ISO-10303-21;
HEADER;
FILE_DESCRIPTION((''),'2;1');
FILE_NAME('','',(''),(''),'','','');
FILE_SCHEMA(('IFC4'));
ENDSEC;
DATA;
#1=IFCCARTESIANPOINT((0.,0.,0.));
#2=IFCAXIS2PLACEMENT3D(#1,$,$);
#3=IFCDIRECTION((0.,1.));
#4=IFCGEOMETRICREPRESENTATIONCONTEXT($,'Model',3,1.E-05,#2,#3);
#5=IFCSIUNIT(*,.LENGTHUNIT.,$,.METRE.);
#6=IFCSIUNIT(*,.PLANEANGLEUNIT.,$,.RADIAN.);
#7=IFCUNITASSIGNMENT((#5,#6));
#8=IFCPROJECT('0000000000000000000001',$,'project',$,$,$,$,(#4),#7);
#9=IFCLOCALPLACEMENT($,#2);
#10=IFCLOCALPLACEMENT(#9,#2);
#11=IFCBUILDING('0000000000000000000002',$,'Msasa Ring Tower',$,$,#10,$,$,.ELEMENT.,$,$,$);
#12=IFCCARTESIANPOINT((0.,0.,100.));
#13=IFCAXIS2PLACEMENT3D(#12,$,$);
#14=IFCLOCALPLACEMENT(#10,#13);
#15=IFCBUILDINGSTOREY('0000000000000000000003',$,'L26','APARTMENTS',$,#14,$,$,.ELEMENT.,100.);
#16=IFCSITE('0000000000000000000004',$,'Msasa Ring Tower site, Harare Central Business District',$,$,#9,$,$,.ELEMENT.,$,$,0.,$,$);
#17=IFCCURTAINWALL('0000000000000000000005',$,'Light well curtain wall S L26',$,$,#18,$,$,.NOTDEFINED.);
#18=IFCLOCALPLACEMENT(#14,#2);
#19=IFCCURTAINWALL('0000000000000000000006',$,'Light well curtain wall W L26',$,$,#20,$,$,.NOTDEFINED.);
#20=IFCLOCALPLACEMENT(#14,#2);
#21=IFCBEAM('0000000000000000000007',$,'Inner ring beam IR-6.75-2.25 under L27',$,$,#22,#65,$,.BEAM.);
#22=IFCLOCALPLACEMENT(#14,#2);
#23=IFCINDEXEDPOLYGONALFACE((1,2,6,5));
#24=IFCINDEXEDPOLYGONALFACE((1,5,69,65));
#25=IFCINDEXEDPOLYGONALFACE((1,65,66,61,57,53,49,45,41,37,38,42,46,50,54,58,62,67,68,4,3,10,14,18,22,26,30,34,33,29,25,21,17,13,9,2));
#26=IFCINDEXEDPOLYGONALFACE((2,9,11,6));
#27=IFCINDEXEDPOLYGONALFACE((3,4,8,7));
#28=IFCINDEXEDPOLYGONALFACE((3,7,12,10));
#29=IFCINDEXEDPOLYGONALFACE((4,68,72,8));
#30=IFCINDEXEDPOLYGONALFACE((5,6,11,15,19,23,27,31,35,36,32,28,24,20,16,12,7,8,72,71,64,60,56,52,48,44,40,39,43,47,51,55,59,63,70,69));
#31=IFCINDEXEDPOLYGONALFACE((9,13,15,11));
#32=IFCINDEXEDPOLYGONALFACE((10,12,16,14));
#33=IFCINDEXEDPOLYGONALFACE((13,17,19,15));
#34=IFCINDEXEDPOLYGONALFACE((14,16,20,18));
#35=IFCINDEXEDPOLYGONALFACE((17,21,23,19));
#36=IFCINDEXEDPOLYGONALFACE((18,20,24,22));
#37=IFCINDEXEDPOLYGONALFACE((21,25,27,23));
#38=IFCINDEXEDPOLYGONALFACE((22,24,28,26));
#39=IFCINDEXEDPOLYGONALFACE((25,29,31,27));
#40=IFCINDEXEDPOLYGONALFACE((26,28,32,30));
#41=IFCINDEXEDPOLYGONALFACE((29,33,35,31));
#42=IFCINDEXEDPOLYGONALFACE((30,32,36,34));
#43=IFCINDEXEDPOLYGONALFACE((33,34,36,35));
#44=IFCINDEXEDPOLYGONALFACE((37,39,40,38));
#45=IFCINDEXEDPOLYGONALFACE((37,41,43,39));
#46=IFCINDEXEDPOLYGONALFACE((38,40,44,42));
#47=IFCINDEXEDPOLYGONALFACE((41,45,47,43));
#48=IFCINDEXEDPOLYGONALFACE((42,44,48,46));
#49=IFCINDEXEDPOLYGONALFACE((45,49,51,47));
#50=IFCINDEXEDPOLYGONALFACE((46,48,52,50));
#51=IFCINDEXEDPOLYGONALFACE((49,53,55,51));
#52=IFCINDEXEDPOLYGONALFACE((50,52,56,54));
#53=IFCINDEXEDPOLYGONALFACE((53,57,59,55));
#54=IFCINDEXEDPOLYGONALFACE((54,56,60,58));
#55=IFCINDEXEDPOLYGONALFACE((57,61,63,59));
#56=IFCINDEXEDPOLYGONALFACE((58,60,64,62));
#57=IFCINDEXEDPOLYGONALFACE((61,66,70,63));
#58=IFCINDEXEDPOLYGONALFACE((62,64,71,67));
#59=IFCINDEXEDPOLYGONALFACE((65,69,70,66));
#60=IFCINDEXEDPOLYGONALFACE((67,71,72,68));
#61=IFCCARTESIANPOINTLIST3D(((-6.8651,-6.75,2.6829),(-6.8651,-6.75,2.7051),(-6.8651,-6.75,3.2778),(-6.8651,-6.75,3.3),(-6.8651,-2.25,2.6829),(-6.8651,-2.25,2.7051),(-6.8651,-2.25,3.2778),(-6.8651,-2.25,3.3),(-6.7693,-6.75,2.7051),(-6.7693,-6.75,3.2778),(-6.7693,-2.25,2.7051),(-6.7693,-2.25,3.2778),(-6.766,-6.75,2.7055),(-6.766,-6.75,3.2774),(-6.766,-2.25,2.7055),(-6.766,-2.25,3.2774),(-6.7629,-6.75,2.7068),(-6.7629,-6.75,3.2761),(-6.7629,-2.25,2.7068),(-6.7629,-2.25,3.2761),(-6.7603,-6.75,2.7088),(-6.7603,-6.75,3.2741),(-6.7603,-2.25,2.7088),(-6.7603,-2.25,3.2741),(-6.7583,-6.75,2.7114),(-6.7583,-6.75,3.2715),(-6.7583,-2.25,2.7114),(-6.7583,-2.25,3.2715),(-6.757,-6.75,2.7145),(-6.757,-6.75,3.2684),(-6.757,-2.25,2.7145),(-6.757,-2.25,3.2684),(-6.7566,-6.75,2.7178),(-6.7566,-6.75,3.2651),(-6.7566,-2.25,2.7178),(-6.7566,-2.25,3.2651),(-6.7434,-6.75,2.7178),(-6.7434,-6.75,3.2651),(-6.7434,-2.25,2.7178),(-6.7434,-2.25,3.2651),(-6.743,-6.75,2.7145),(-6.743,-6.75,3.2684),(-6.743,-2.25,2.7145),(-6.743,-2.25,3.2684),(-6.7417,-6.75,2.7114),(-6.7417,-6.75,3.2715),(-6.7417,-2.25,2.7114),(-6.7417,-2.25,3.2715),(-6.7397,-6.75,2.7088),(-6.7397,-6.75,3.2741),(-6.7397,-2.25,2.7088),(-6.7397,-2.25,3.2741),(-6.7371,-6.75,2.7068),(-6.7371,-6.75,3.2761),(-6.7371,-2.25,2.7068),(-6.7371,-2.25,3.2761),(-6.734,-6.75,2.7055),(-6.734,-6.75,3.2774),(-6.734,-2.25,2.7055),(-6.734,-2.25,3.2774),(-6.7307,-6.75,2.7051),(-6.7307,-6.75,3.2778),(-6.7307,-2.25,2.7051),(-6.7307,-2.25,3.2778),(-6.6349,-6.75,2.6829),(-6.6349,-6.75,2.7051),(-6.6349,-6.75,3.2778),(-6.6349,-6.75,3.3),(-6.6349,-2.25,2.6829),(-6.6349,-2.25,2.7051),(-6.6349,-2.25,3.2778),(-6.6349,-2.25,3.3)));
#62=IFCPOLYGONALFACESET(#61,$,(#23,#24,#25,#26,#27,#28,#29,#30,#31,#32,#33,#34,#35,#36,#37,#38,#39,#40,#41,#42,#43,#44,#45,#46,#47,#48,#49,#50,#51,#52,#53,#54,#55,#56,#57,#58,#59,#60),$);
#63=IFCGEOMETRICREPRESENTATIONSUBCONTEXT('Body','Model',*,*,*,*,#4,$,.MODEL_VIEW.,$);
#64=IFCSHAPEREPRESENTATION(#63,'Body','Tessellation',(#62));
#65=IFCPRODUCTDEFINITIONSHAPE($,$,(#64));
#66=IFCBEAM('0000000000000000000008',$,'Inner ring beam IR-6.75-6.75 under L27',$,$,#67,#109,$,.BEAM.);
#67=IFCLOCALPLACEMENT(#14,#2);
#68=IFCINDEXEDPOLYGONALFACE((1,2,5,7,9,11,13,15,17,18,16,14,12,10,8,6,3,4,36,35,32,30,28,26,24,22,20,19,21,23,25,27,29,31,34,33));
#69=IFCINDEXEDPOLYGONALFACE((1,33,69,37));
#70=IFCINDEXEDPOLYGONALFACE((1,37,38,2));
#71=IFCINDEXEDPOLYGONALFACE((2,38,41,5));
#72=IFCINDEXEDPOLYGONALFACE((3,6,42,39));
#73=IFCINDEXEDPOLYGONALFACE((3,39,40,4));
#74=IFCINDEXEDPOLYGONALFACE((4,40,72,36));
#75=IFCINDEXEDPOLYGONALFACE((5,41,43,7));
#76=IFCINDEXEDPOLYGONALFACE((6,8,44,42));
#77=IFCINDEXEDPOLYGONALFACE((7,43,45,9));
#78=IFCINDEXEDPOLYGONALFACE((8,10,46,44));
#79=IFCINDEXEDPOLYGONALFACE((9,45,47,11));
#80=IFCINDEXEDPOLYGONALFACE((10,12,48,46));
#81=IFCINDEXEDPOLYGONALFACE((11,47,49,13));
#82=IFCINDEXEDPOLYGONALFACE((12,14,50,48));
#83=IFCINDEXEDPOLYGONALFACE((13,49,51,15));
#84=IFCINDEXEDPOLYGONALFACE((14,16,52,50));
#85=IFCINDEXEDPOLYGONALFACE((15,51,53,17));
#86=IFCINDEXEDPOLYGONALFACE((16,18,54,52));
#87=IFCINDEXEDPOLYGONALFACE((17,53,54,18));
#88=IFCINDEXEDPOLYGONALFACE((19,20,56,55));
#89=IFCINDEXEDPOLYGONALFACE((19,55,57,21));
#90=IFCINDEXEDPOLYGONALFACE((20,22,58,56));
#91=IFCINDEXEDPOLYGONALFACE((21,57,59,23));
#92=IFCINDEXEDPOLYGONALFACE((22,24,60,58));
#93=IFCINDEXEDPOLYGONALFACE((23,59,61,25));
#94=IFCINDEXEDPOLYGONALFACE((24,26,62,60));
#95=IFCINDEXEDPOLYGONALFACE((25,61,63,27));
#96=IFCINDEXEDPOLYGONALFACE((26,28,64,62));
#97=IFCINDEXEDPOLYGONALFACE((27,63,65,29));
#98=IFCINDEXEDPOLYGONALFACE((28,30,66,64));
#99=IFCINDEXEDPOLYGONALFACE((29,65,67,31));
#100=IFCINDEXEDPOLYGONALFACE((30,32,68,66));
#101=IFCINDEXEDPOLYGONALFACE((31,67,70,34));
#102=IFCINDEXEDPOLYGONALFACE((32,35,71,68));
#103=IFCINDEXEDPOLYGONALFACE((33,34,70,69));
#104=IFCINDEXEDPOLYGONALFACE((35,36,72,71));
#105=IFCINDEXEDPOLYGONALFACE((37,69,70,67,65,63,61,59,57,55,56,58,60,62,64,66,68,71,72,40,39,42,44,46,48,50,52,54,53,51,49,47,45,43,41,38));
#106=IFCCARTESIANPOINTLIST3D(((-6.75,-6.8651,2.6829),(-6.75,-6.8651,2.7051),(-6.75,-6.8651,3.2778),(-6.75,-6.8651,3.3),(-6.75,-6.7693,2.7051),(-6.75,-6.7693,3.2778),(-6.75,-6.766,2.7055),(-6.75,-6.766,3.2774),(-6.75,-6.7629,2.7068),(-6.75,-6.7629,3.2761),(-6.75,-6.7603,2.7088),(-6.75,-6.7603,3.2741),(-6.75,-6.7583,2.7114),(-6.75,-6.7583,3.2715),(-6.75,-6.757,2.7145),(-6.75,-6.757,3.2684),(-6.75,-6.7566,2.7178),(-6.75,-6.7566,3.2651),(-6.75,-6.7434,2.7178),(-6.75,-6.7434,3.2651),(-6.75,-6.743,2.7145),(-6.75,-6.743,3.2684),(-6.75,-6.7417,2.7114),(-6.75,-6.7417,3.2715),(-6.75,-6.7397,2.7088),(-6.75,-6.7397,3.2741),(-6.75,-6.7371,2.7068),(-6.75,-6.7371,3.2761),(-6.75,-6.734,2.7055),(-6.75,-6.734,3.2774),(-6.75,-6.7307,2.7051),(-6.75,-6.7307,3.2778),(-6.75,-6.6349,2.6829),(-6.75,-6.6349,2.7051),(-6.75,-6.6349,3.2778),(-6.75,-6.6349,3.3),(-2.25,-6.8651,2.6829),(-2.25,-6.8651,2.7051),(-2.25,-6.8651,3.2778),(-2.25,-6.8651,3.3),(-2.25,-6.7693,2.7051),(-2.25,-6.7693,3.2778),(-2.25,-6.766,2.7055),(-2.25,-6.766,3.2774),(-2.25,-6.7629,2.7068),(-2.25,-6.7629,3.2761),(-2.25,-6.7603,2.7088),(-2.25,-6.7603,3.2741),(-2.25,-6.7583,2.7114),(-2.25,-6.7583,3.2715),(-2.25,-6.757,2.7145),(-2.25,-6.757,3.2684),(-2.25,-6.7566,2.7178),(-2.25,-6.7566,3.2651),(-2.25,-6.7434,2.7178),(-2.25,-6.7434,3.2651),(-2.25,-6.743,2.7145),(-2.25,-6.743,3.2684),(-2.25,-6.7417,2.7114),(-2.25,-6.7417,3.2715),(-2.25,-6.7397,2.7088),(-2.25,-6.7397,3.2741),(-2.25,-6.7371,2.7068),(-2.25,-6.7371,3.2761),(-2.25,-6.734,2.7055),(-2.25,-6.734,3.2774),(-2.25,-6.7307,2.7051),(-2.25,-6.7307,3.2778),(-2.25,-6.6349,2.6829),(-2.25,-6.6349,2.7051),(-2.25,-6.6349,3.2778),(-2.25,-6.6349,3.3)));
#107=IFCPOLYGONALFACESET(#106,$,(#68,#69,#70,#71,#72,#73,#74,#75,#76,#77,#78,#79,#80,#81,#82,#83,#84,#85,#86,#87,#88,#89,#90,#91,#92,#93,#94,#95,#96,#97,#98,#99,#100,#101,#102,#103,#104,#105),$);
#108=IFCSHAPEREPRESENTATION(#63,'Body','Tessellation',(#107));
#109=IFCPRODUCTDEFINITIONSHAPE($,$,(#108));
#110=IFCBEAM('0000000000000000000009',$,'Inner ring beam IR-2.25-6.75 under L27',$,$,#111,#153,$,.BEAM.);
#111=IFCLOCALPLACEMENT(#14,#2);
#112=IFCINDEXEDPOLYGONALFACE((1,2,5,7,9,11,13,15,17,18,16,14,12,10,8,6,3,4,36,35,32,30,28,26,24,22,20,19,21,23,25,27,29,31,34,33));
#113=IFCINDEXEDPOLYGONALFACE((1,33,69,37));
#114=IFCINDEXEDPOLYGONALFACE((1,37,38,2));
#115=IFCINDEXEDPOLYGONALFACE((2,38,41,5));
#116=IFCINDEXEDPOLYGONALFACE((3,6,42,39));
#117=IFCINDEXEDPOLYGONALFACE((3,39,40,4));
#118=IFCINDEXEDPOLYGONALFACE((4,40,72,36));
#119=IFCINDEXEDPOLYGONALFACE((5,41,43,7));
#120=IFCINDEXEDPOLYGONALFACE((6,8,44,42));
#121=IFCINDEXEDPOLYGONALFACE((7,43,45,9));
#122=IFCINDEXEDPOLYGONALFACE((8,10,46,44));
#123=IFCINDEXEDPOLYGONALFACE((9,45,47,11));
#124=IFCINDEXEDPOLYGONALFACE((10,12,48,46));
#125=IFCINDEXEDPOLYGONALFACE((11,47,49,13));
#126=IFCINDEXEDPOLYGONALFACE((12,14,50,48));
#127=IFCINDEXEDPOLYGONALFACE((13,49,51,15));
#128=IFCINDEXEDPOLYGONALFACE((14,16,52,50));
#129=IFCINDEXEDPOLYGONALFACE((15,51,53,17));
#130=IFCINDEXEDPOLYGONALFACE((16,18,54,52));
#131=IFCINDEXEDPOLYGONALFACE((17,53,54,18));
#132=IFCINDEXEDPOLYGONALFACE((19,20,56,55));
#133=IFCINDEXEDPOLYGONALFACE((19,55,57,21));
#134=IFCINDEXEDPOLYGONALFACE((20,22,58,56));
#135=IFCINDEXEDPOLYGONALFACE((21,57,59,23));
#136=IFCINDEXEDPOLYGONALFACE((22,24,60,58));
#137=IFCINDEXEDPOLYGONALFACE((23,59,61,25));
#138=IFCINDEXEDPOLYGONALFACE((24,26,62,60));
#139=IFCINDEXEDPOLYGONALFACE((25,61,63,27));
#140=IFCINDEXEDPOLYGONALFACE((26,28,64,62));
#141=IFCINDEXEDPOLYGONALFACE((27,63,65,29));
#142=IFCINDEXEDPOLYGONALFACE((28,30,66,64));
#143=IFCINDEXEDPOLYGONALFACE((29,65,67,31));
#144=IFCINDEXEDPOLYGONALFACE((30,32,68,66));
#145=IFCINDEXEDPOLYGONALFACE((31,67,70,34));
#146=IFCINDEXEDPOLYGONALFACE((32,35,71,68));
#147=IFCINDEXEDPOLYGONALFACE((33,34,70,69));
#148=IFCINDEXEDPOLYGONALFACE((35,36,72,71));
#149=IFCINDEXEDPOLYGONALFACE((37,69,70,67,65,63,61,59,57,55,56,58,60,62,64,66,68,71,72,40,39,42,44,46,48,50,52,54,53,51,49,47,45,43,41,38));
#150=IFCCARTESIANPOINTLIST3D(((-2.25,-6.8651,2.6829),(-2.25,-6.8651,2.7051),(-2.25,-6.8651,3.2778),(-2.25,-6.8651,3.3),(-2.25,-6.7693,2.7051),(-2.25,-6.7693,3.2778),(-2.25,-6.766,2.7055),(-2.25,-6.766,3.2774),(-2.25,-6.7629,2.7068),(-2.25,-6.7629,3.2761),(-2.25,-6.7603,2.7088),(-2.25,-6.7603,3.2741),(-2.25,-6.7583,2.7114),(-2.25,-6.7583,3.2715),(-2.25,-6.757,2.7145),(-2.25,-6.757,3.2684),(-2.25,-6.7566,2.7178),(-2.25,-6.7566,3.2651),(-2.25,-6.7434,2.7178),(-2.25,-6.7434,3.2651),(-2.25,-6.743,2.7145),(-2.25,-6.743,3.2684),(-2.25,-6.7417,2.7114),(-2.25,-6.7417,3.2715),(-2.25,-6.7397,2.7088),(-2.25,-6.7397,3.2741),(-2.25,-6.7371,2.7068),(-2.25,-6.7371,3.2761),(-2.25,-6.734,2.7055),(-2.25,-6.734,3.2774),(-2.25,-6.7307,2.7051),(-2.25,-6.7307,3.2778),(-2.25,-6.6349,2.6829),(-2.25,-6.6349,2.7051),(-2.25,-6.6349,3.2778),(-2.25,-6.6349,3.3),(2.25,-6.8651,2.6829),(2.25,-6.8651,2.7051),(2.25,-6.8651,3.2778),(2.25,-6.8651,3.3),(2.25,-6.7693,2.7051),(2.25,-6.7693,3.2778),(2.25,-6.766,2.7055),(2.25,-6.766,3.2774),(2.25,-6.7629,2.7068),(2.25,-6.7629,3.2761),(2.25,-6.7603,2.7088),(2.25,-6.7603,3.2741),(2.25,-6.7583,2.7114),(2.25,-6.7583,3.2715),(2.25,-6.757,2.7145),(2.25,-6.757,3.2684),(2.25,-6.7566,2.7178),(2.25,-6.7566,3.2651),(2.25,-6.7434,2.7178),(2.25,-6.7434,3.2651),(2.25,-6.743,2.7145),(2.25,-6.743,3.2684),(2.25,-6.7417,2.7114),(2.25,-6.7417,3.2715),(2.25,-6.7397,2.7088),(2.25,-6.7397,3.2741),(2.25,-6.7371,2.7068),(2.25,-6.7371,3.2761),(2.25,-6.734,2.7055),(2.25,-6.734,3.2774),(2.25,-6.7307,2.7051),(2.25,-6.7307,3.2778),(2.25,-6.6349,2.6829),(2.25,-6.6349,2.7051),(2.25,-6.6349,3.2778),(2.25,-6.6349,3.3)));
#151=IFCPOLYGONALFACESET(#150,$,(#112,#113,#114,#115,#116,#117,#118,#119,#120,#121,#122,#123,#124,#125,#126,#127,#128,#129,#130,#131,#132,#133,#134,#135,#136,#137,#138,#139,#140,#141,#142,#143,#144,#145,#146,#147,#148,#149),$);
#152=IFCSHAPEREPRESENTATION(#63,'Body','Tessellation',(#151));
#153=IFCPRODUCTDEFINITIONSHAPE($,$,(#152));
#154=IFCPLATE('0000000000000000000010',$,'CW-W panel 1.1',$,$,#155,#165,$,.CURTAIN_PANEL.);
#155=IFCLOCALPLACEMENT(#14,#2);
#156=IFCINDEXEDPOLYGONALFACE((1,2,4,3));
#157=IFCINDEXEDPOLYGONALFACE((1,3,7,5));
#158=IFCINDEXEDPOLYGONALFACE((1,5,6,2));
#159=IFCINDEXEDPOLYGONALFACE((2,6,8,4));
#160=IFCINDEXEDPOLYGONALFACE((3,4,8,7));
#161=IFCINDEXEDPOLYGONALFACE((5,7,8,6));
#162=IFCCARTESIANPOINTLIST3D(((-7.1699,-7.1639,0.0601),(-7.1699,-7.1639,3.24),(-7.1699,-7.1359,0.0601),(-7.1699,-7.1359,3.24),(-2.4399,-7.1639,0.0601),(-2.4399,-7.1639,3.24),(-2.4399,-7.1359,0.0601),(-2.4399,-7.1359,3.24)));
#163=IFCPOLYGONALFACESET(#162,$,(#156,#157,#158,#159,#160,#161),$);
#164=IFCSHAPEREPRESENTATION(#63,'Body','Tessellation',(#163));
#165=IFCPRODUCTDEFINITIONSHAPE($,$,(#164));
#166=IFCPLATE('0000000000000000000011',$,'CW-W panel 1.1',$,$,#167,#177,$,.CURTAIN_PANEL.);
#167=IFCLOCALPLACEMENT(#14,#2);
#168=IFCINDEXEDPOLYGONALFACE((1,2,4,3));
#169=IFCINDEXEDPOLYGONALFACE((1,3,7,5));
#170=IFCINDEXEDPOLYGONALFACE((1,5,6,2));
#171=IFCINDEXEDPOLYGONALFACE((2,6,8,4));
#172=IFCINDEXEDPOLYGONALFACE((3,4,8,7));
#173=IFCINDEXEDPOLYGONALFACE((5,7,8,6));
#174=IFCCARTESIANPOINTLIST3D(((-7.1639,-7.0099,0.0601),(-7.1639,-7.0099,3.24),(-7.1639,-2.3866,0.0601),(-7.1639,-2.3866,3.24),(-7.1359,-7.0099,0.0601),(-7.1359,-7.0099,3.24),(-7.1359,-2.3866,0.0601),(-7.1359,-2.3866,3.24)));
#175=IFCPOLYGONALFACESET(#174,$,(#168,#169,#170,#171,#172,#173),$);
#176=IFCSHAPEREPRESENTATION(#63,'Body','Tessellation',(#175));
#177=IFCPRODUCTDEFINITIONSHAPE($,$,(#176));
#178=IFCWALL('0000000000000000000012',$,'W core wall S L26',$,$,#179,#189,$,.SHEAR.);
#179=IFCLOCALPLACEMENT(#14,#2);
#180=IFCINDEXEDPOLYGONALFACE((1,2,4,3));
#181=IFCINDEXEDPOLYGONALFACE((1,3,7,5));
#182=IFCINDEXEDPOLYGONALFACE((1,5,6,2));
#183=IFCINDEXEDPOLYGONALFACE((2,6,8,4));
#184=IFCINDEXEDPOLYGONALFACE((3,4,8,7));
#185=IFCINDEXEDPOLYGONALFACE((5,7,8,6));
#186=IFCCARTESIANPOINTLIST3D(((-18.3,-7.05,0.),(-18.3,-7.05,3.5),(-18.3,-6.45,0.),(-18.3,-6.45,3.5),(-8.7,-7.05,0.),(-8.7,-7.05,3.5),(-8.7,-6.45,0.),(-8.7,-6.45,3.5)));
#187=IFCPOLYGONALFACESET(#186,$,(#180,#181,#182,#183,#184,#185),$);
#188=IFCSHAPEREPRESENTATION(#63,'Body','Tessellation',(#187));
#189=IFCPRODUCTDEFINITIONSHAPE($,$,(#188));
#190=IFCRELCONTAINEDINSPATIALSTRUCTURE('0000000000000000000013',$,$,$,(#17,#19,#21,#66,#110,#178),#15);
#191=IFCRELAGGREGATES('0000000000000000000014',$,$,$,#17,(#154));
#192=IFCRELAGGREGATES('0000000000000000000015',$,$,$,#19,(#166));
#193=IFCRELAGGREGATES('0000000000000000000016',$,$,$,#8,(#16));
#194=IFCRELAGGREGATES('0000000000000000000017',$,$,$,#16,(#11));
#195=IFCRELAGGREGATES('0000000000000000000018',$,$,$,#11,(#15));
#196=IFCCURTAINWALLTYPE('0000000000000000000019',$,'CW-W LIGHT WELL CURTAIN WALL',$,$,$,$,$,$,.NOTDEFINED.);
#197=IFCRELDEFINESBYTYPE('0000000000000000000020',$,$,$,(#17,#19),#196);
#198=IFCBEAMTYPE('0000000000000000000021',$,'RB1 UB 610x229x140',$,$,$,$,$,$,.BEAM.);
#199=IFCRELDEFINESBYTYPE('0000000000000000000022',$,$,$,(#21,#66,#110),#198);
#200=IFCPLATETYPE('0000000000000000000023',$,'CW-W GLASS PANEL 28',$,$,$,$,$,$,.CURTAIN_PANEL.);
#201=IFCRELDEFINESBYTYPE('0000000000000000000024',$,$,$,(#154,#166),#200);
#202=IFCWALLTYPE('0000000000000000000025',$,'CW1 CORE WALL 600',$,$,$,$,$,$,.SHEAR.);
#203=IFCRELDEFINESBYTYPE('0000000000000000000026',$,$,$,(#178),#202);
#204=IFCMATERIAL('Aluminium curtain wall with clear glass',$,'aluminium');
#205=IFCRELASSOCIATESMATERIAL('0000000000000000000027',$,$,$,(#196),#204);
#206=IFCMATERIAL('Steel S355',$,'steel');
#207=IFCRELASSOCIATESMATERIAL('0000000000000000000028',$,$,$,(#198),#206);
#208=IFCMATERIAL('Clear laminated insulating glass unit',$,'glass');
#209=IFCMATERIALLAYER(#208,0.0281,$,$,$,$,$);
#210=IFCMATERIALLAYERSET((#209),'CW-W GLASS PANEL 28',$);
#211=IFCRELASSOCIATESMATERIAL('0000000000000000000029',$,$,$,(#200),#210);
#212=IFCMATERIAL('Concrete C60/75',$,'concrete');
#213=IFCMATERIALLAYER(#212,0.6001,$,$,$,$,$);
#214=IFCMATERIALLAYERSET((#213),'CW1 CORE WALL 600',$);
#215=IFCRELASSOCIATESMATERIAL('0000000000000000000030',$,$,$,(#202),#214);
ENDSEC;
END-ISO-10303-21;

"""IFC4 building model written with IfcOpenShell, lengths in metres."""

from ifc_helpers import new_model, si_unit, direction, frame, frame_2d, origin, origin_2d, place, context, subcontext, project, spatial, rectangle, i_section, extrude, material, layer, layer_set, material_profile, profile_set, type_object, element, aggregate, save


model = new_model("IFC4")

# Units and contexts
model_context = context("Model", 3, precision=1e-05, world=origin(), true_north=direction((0.0, 1.0)))
body_context = subcontext(model_context, "Body", "Model", "MODEL_VIEW")
ifc_project = project(units=[si_unit("LENGTHUNIT", "METRE"), si_unit("PLANEANGLEUNIT", "RADIAN")], contexts=[model_context])

# Site, building, storey
site_placement = place(None, origin())
site = spatial("IfcSite", under=ifc_project, at=site_placement, Name="Msasa Ring Tower site, Harare Central Business District", CompositionType="ELEMENT", RefElevation=0.0)
building_placement = place(site_placement, origin())
building = spatial("IfcBuilding", under=site, at=building_placement, Name="Msasa Ring Tower", CompositionType="ELEMENT")
storey_placement = place(building_placement, frame((0.0, 0.0, 100.0)))
storey = spatial("IfcBuildingStorey", under=building, at=storey_placement, Name="L26", Description="APARTMENTS", CompositionType="ELEMENT", Elevation=100.0)

# Curtain wall
ifc_material_1 = material(Name="Aluminium curtain wall with clear glass", Category="aluminium")
curtain_wall_type = type_object("IfcCurtainWallType", Name="CW-W LIGHT WELL CURTAIN WALL", PredefinedType="NOTDEFINED", material=ifc_material_1)
curtain_wall_1_placement = place(storey_placement, origin())
curtain_wall_1 = element("IfcCurtainWall", 1, at=curtain_wall_1_placement, inside=storey, type_object=curtain_wall_type, Name="Light well curtain wall S L26", PredefinedType="NOTDEFINED")

# Curtain wall
curtain_wall_2_placement = place(storey_placement, origin())
curtain_wall_2 = element("IfcCurtainWall", 2, at=curtain_wall_2_placement, inside=storey, type_object=curtain_wall_type, Name="Light well curtain wall W L26", PredefinedType="NOTDEFINED")

# Beams
ifc_material_2 = material(Name="Steel S355", Category="steel")
ifc_material_profile_1 = material_profile(ifc_material_2, i_section(OverallWidth=0.2302, OverallDepth=0.6172, WebThickness=0.0132, FlangeThickness=0.0222, FilletRadius=0.0127, at=origin_2d()), Name="UB 610x229x140")
ifc_profile_set_1 = profile_set([ifc_material_profile_1], Name="Steel S355")
beam_type = type_object("IfcBeamType", Name="RB1 UB 610x229x140", PredefinedType="BEAM", material=ifc_profile_set_1)
for number, where, z_axis, x_axis, name in (
    (3, (-6.75, -2.25, 2.9915), (0.0, -1.0, 0.0), (1.0, 0.0, 0.0), "Inner ring beam IR-6.75-2.25 under L27"),
    (4, (-6.75, -6.75, 2.9915), (1.0, 0.0, 0.0), (0.0, 1.0, 0.0), "Inner ring beam IR-6.75-6.75 under L27"),
    (5, (-2.25, -6.75, 2.9915), (1.0, 0.0, 0.0), (0.0, 1.0, 0.0), "Inner ring beam IR-2.25-6.75 under L27"),
):
    element("IfcBeam", number, at=place(storey_placement, frame(where, z_axis=z_axis, x_axis=x_axis)), inside=storey, type_object=beam_type, Name=name, PredefinedType="BEAM", context=body_context, shape_type="SweptSolid", body=[
        extrude(i_section(OverallWidth=0.2302, OverallDepth=0.6172, WebThickness=0.0132, FlangeThickness=0.0222, FilletRadius=0.0127, at=origin_2d()), origin(), (0.0, 0.0, 1.0), 4.5),
    ])

# Plates
ifc_material_3 = material(Name="Clear laminated insulating glass unit", Category="glass")
ifc_layer_1 = layer(ifc_material_3, 0.0281)
ifc_layer_set_1 = layer_set([ifc_layer_1], Name="CW-W GLASS PANEL 28")
plate_type = type_object("IfcPlateType", Name="CW-W GLASS PANEL 28", PredefinedType="CURTAIN_PANEL", material=ifc_layer_set_1)
plate_1_placement = place(storey_placement, frame((-4.8049, -7.1499, 0.0601), z_axis=(0.0, 0.0, 1.0), x_axis=(1.0, 0.0, 0.0)))
plate_1 = element("IfcPlate", 6, at=plate_1_placement, type_object=plate_type, Name="CW-W panel 1.1", PredefinedType="CURTAIN_PANEL", context=body_context, shape_type="SweptSolid", body=[
    extrude(rectangle(XDim=4.73, YDim=0.0281, at=origin_2d()), origin(), (0.0, 0.0, 1.0), 3.1799),
])
aggregate(curtain_wall_1, [plate_1])
plate_2_placement = place(storey_placement, frame((-7.1499, -4.6982, 0.0601), z_axis=(0.0, 0.0, 1.0), x_axis=(0.0, 1.0, 0.0)))
plate_2 = element("IfcPlate", 7, at=plate_2_placement, type_object=plate_type, Name="CW-W panel 1.1", PredefinedType="CURTAIN_PANEL", context=body_context, shape_type="SweptSolid", body=[
    extrude(rectangle(XDim=4.6233, YDim=0.0281, at=origin_2d()), origin(), (0.0, 0.0, 1.0), 3.1799),
])
aggregate(curtain_wall_2, [plate_2])

# Wall
ifc_material_4 = material(Name="Concrete C60/75", Category="concrete")
ifc_layer_2 = layer(ifc_material_4, 0.6001)
ifc_layer_set_2 = layer_set([ifc_layer_2], Name="CW1 CORE WALL 600")
wall_type_1 = type_object("IfcWallType", Name="CW1 CORE WALL 600", PredefinedType="SHEAR", material=ifc_layer_set_2)
wall_1_placement = place(storey_placement, frame((-8.7, -6.75, 0.0), z_axis=(0.0, 0.0, 1.0), x_axis=(-1.0, 0.0, 0.0)))
element("IfcWall", 8, at=wall_1_placement, inside=storey, type_object=wall_type_1, Name="W core wall S L26", PredefinedType="SHEAR", context=body_context, shape_type="SweptSolid", body=[
    extrude(rectangle(XDim=9.6001, YDim=0.6001, at=frame_2d((4.8, 0.0))), origin(), (0.0, 0.0, 1.0), 3.5),
])

save(model, "model.ifc")
